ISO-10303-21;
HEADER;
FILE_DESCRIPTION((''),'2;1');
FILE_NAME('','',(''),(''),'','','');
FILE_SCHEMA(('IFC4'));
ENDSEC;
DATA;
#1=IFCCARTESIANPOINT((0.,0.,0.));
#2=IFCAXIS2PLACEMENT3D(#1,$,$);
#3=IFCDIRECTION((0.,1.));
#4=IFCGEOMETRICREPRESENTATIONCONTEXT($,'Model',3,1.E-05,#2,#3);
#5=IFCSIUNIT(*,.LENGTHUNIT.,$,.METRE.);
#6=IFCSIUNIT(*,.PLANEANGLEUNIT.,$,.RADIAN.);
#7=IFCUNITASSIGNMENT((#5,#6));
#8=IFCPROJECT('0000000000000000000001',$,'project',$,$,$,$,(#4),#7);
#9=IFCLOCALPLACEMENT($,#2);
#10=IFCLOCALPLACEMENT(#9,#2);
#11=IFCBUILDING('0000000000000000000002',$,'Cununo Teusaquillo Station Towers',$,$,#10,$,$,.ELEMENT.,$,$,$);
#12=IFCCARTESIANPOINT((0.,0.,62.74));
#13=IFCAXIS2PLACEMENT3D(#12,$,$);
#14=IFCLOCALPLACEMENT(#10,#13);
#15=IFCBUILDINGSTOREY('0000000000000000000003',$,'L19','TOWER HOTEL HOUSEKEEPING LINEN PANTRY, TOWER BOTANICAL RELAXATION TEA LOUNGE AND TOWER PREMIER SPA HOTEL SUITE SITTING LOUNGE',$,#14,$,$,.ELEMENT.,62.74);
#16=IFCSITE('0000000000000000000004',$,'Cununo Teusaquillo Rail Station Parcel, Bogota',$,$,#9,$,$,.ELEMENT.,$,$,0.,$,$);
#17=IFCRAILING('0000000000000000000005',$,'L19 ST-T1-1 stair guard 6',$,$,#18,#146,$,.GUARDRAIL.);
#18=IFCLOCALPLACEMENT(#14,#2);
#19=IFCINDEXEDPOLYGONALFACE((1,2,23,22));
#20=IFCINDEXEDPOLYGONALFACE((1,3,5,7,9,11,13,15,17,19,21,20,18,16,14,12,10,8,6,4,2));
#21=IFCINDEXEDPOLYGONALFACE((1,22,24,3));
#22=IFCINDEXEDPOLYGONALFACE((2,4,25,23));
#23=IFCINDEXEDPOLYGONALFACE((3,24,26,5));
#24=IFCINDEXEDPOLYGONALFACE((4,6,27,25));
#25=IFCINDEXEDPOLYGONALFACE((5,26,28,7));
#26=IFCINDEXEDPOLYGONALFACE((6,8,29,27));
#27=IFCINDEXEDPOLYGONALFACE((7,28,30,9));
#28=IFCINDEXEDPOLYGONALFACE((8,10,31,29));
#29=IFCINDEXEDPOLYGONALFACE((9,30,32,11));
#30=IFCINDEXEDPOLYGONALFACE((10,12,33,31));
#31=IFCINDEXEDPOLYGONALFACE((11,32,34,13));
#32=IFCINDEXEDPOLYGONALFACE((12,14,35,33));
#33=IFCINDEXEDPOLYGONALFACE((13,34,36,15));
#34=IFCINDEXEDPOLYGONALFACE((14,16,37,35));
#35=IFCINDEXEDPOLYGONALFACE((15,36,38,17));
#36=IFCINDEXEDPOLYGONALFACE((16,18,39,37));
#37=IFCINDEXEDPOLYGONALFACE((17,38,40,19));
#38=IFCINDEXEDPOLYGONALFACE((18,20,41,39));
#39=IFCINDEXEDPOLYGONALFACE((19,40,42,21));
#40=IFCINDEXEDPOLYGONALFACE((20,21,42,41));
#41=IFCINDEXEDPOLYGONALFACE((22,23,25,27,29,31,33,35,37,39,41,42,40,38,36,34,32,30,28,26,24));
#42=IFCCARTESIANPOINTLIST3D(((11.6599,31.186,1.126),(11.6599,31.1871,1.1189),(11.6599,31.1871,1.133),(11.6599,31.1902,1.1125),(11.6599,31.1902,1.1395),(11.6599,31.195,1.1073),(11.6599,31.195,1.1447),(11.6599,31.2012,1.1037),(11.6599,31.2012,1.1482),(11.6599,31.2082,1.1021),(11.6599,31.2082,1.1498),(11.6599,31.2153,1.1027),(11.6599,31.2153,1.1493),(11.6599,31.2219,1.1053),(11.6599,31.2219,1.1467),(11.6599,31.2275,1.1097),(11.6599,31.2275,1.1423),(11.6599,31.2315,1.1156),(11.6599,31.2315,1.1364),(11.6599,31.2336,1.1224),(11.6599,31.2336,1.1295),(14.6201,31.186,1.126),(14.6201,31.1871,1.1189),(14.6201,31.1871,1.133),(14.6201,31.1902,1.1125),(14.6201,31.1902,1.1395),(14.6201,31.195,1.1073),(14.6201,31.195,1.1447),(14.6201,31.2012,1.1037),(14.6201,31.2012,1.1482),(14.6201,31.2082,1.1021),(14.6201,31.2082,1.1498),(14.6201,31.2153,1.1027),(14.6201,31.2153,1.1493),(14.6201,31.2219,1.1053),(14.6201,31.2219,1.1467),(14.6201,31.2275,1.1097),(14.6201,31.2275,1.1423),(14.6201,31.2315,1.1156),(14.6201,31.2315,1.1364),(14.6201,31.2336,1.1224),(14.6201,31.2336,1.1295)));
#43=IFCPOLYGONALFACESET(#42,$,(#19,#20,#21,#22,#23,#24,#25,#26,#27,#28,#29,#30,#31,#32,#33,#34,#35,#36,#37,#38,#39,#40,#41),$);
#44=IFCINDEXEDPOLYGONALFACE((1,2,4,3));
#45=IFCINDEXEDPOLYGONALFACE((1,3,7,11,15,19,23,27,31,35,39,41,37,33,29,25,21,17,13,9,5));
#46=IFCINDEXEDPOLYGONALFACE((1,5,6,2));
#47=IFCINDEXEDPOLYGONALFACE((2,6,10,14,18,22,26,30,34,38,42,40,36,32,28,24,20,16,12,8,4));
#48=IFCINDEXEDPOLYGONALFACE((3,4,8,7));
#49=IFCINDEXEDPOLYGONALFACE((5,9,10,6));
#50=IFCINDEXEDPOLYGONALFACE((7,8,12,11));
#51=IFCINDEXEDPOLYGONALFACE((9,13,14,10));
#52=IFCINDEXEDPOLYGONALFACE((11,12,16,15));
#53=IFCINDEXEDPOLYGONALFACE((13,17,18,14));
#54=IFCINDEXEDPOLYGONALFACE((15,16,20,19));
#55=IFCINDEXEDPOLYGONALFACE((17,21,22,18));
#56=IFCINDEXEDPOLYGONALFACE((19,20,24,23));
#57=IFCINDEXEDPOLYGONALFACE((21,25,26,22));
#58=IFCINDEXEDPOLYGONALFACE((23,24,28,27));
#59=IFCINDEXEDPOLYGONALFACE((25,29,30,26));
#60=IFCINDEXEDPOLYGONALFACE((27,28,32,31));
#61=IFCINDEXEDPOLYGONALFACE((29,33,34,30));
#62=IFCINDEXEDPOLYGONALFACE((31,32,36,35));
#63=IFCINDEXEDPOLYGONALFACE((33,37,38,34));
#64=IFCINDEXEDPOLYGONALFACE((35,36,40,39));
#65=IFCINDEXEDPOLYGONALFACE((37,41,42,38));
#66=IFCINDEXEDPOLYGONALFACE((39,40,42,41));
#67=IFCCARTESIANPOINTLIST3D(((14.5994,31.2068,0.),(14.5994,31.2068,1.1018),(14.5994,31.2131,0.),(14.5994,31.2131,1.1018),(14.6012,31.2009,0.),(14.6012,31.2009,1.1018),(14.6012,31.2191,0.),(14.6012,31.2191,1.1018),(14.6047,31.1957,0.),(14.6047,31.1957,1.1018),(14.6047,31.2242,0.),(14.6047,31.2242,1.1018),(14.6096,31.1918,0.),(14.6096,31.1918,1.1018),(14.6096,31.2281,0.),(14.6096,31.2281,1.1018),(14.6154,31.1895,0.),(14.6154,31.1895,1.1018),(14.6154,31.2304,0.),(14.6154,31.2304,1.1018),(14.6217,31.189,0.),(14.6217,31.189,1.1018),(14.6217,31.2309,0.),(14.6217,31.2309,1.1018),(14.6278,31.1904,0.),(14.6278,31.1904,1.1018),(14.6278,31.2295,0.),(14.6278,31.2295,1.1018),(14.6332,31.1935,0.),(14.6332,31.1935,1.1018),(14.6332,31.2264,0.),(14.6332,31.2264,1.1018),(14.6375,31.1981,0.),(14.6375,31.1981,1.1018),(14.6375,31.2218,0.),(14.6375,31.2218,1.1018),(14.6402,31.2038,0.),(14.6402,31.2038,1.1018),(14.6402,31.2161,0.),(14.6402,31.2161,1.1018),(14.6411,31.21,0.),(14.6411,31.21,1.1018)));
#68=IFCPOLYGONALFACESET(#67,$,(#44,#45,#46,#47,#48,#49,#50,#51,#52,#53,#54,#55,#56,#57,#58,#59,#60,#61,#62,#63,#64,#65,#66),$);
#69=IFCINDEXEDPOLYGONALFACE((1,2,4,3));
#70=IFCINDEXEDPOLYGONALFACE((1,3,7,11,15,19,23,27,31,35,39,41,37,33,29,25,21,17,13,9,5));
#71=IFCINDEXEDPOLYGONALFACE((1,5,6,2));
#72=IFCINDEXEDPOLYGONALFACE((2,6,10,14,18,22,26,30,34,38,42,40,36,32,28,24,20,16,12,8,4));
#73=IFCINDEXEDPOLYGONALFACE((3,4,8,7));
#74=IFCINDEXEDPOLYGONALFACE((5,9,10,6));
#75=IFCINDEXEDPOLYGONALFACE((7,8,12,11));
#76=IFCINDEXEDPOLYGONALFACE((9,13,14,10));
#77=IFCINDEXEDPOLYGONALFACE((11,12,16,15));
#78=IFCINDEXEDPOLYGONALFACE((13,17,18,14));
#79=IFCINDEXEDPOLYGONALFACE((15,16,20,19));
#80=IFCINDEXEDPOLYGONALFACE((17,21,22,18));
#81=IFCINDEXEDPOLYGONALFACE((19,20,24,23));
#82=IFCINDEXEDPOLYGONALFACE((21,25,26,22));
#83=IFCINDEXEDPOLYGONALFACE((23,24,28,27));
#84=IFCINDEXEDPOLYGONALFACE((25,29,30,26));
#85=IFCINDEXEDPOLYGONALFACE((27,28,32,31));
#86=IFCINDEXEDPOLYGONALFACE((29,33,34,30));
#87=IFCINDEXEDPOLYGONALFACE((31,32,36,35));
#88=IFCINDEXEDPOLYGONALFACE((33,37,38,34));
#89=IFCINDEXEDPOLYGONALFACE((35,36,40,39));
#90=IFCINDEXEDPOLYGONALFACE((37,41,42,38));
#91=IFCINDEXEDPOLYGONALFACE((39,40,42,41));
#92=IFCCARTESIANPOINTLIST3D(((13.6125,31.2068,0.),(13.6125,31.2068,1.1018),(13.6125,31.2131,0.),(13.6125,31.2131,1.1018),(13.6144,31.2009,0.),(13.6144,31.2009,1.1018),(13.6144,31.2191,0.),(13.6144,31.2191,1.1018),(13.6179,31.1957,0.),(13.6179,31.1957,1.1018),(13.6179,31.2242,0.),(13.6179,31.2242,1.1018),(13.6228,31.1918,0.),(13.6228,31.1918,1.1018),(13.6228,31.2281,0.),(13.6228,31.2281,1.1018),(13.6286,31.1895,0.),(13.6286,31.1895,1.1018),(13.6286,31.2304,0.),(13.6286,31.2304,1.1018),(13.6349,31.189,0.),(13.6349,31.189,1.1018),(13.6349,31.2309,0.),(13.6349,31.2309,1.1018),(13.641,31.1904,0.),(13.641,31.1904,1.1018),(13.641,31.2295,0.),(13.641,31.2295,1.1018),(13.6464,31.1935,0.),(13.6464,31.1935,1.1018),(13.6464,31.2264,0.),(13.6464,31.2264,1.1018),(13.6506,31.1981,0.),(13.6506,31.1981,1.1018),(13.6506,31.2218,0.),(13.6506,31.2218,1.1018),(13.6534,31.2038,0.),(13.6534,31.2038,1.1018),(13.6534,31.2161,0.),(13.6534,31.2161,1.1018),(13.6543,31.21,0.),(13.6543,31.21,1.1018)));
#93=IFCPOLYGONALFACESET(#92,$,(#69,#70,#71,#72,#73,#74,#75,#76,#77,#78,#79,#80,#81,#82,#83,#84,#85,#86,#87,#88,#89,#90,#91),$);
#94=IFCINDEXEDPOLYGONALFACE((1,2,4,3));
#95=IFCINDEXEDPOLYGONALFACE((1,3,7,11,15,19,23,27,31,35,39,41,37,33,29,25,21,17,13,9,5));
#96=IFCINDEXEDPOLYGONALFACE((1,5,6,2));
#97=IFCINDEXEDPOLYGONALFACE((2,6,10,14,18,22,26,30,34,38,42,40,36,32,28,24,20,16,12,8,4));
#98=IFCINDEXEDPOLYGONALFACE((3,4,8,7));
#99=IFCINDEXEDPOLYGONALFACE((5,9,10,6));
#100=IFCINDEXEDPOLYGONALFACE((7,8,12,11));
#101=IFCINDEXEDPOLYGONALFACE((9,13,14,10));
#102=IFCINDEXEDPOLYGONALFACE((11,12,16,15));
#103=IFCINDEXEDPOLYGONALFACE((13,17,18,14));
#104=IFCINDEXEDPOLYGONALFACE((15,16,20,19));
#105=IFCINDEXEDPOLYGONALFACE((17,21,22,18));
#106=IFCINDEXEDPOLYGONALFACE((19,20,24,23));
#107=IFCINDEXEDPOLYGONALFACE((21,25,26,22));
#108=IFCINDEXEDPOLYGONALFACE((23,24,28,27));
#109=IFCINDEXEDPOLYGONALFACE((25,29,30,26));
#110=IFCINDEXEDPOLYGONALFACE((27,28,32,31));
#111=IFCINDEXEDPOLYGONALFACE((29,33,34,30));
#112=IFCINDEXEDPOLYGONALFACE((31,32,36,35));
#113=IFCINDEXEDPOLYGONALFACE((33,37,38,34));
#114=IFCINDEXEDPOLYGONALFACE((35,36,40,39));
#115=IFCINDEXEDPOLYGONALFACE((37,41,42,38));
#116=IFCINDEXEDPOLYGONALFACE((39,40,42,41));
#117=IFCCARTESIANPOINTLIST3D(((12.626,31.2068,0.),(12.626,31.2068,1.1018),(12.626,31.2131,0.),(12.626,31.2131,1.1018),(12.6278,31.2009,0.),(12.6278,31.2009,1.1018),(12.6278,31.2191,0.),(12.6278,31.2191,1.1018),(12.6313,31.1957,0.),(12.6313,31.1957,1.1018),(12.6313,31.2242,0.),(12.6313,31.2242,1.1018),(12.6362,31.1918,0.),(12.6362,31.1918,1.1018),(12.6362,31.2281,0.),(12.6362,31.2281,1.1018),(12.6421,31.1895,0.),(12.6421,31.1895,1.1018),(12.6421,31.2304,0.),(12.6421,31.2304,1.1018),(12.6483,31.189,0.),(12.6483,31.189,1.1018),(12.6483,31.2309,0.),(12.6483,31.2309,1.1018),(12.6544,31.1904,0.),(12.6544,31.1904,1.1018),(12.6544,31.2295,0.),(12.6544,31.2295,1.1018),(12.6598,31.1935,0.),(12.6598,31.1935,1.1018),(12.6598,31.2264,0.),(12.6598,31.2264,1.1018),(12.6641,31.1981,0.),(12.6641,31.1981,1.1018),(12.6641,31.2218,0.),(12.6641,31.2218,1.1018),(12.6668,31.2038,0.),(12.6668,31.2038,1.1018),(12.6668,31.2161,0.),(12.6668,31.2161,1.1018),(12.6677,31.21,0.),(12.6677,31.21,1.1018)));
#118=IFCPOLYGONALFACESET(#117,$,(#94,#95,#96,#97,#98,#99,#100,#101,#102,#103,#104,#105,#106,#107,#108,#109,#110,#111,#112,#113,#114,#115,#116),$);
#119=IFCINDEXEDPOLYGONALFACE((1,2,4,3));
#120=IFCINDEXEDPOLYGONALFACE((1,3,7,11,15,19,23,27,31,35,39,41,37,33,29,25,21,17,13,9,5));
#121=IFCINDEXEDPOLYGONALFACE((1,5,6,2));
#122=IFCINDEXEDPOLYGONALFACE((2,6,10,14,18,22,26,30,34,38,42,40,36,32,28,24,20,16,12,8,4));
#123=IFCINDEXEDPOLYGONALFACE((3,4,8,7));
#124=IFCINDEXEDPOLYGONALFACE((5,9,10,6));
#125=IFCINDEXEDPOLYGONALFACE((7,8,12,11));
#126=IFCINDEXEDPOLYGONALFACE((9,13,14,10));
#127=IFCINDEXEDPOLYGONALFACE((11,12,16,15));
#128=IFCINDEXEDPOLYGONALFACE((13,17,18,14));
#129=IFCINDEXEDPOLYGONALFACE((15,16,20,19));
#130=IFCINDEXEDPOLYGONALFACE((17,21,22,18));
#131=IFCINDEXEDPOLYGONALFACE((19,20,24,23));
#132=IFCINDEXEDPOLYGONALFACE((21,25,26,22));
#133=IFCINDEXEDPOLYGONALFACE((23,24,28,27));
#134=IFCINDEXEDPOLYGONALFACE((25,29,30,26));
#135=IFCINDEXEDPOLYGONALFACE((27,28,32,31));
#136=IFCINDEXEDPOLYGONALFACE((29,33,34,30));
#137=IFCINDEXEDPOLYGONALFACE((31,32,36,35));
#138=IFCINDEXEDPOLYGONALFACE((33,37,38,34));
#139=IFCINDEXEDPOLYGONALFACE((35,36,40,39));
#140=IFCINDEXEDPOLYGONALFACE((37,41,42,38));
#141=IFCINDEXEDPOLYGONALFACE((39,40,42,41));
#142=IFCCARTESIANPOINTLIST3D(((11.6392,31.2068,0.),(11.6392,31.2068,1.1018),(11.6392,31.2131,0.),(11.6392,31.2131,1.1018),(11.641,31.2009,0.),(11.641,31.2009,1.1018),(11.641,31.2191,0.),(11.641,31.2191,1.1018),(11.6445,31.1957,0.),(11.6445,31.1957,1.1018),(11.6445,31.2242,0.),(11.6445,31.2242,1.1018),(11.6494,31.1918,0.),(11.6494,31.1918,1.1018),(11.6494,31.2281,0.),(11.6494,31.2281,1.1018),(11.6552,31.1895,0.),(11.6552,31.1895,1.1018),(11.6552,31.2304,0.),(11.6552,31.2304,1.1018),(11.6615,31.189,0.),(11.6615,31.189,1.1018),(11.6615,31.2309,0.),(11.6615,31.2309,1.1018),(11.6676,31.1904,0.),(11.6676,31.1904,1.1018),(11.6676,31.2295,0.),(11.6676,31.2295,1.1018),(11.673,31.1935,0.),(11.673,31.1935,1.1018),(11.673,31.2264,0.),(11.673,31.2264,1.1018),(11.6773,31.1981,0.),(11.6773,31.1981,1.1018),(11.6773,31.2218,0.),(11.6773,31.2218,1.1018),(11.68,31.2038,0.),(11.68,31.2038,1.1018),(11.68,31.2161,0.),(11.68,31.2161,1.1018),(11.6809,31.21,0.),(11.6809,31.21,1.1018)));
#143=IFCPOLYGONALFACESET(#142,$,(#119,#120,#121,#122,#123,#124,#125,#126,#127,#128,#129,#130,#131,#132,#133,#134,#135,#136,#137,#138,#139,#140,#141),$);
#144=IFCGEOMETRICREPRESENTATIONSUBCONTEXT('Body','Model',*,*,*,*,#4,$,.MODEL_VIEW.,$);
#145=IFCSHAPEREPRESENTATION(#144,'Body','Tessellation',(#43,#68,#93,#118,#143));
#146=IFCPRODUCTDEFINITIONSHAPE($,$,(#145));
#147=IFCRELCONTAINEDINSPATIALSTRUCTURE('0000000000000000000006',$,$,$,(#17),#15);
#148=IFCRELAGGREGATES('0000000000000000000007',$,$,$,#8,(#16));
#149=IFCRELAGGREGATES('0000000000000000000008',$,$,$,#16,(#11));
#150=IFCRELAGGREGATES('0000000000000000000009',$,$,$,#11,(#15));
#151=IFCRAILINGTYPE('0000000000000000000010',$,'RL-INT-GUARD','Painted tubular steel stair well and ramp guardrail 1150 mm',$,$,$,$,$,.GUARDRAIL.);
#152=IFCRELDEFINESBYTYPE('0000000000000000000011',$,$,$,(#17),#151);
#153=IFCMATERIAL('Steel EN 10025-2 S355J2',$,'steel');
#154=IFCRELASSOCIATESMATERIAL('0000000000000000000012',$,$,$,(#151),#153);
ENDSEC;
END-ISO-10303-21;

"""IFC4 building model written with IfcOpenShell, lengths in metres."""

from ifc_helpers import new_model, si_unit, direction, frame, origin, origin_2d, place, context, subcontext, project, spatial, circle, extrude, material, type_object, element, save


model = new_model("IFC4")

# Units and contexts
model_context = context("Model", 3, precision=1e-05, world=origin(), true_north=direction((0.0, 1.0)))
body_context = subcontext(model_context, "Body", "Model", "MODEL_VIEW")
ifc_project = project(units=[si_unit("LENGTHUNIT", "METRE"), si_unit("PLANEANGLEUNIT", "RADIAN")], contexts=[model_context])

# Site, building, storey
site_placement = place(None, origin())
site = spatial("IfcSite", under=ifc_project, at=site_placement, Name="Cununo Teusaquillo Rail Station Parcel, Bogota", CompositionType="ELEMENT", RefElevation=0.0)
building_placement = place(site_placement, origin())
building = spatial("IfcBuilding", under=site, at=building_placement, Name="Cununo Teusaquillo Station Towers", CompositionType="ELEMENT")
storey_placement = place(building_placement, frame((0.0, 0.0, 62.74)))
storey = spatial("IfcBuildingStorey", under=building, at=storey_placement, Name="L19", Description="TOWER HOTEL HOUSEKEEPING LINEN PANTRY, TOWER BOTANICAL RELAXATION TEA LOUNGE AND TOWER PREMIER SPA HOTEL SUITE SITTING LOUNGE", CompositionType="ELEMENT", Elevation=62.74)

# Railing
ifc_material_1 = material(Name="Steel EN 10025-2 S355J2", Category="steel")
railing_type_1 = type_object("IfcRailingType", Name="RL-INT-GUARD", Description="Painted tubular steel stair well and ramp guardrail 1150 mm", PredefinedType="GUARDRAIL", material=ifc_material_1)
railing_1_placement = place(storey_placement, frame((14.6201, 31.21, 0.0)))
element("IfcRailing", 1, at=railing_1_placement, inside=storey, type_object=railing_type_1, Name="L19 ST-T1-1 stair guard 6", PredefinedType="GUARDRAIL", context=body_context, shape_type="SweptSolid", body=[
    extrude(circle(Radius=0.0239, at=origin_2d()), frame((0.0, 0.0, 1.126), z_axis=(-1.0, 0.0, 0.0), x_axis=(0.0, -1.0, 0.0)), (0.0, 0.0, 1.0), 2.9602),
    extrude(circle(Radius=0.021, at=origin_2d()), origin(), (0.0, 0.0, 1.0), 1.1018),
    extrude(circle(Radius=0.021, at=origin_2d()), frame((-0.9868, 0.0, 0.0)), (0.0, 0.0, 1.0), 1.1018),
    extrude(circle(Radius=0.021, at=origin_2d()), frame((-1.9734, 0.0, 0.0)), (0.0, 0.0, 1.0), 1.1018),
    extrude(circle(Radius=0.021, at=origin_2d()), frame((-2.9602, 0.0, 0.0)), (0.0, 0.0, 1.0), 1.1018),
])

save(model, "model.ifc")
